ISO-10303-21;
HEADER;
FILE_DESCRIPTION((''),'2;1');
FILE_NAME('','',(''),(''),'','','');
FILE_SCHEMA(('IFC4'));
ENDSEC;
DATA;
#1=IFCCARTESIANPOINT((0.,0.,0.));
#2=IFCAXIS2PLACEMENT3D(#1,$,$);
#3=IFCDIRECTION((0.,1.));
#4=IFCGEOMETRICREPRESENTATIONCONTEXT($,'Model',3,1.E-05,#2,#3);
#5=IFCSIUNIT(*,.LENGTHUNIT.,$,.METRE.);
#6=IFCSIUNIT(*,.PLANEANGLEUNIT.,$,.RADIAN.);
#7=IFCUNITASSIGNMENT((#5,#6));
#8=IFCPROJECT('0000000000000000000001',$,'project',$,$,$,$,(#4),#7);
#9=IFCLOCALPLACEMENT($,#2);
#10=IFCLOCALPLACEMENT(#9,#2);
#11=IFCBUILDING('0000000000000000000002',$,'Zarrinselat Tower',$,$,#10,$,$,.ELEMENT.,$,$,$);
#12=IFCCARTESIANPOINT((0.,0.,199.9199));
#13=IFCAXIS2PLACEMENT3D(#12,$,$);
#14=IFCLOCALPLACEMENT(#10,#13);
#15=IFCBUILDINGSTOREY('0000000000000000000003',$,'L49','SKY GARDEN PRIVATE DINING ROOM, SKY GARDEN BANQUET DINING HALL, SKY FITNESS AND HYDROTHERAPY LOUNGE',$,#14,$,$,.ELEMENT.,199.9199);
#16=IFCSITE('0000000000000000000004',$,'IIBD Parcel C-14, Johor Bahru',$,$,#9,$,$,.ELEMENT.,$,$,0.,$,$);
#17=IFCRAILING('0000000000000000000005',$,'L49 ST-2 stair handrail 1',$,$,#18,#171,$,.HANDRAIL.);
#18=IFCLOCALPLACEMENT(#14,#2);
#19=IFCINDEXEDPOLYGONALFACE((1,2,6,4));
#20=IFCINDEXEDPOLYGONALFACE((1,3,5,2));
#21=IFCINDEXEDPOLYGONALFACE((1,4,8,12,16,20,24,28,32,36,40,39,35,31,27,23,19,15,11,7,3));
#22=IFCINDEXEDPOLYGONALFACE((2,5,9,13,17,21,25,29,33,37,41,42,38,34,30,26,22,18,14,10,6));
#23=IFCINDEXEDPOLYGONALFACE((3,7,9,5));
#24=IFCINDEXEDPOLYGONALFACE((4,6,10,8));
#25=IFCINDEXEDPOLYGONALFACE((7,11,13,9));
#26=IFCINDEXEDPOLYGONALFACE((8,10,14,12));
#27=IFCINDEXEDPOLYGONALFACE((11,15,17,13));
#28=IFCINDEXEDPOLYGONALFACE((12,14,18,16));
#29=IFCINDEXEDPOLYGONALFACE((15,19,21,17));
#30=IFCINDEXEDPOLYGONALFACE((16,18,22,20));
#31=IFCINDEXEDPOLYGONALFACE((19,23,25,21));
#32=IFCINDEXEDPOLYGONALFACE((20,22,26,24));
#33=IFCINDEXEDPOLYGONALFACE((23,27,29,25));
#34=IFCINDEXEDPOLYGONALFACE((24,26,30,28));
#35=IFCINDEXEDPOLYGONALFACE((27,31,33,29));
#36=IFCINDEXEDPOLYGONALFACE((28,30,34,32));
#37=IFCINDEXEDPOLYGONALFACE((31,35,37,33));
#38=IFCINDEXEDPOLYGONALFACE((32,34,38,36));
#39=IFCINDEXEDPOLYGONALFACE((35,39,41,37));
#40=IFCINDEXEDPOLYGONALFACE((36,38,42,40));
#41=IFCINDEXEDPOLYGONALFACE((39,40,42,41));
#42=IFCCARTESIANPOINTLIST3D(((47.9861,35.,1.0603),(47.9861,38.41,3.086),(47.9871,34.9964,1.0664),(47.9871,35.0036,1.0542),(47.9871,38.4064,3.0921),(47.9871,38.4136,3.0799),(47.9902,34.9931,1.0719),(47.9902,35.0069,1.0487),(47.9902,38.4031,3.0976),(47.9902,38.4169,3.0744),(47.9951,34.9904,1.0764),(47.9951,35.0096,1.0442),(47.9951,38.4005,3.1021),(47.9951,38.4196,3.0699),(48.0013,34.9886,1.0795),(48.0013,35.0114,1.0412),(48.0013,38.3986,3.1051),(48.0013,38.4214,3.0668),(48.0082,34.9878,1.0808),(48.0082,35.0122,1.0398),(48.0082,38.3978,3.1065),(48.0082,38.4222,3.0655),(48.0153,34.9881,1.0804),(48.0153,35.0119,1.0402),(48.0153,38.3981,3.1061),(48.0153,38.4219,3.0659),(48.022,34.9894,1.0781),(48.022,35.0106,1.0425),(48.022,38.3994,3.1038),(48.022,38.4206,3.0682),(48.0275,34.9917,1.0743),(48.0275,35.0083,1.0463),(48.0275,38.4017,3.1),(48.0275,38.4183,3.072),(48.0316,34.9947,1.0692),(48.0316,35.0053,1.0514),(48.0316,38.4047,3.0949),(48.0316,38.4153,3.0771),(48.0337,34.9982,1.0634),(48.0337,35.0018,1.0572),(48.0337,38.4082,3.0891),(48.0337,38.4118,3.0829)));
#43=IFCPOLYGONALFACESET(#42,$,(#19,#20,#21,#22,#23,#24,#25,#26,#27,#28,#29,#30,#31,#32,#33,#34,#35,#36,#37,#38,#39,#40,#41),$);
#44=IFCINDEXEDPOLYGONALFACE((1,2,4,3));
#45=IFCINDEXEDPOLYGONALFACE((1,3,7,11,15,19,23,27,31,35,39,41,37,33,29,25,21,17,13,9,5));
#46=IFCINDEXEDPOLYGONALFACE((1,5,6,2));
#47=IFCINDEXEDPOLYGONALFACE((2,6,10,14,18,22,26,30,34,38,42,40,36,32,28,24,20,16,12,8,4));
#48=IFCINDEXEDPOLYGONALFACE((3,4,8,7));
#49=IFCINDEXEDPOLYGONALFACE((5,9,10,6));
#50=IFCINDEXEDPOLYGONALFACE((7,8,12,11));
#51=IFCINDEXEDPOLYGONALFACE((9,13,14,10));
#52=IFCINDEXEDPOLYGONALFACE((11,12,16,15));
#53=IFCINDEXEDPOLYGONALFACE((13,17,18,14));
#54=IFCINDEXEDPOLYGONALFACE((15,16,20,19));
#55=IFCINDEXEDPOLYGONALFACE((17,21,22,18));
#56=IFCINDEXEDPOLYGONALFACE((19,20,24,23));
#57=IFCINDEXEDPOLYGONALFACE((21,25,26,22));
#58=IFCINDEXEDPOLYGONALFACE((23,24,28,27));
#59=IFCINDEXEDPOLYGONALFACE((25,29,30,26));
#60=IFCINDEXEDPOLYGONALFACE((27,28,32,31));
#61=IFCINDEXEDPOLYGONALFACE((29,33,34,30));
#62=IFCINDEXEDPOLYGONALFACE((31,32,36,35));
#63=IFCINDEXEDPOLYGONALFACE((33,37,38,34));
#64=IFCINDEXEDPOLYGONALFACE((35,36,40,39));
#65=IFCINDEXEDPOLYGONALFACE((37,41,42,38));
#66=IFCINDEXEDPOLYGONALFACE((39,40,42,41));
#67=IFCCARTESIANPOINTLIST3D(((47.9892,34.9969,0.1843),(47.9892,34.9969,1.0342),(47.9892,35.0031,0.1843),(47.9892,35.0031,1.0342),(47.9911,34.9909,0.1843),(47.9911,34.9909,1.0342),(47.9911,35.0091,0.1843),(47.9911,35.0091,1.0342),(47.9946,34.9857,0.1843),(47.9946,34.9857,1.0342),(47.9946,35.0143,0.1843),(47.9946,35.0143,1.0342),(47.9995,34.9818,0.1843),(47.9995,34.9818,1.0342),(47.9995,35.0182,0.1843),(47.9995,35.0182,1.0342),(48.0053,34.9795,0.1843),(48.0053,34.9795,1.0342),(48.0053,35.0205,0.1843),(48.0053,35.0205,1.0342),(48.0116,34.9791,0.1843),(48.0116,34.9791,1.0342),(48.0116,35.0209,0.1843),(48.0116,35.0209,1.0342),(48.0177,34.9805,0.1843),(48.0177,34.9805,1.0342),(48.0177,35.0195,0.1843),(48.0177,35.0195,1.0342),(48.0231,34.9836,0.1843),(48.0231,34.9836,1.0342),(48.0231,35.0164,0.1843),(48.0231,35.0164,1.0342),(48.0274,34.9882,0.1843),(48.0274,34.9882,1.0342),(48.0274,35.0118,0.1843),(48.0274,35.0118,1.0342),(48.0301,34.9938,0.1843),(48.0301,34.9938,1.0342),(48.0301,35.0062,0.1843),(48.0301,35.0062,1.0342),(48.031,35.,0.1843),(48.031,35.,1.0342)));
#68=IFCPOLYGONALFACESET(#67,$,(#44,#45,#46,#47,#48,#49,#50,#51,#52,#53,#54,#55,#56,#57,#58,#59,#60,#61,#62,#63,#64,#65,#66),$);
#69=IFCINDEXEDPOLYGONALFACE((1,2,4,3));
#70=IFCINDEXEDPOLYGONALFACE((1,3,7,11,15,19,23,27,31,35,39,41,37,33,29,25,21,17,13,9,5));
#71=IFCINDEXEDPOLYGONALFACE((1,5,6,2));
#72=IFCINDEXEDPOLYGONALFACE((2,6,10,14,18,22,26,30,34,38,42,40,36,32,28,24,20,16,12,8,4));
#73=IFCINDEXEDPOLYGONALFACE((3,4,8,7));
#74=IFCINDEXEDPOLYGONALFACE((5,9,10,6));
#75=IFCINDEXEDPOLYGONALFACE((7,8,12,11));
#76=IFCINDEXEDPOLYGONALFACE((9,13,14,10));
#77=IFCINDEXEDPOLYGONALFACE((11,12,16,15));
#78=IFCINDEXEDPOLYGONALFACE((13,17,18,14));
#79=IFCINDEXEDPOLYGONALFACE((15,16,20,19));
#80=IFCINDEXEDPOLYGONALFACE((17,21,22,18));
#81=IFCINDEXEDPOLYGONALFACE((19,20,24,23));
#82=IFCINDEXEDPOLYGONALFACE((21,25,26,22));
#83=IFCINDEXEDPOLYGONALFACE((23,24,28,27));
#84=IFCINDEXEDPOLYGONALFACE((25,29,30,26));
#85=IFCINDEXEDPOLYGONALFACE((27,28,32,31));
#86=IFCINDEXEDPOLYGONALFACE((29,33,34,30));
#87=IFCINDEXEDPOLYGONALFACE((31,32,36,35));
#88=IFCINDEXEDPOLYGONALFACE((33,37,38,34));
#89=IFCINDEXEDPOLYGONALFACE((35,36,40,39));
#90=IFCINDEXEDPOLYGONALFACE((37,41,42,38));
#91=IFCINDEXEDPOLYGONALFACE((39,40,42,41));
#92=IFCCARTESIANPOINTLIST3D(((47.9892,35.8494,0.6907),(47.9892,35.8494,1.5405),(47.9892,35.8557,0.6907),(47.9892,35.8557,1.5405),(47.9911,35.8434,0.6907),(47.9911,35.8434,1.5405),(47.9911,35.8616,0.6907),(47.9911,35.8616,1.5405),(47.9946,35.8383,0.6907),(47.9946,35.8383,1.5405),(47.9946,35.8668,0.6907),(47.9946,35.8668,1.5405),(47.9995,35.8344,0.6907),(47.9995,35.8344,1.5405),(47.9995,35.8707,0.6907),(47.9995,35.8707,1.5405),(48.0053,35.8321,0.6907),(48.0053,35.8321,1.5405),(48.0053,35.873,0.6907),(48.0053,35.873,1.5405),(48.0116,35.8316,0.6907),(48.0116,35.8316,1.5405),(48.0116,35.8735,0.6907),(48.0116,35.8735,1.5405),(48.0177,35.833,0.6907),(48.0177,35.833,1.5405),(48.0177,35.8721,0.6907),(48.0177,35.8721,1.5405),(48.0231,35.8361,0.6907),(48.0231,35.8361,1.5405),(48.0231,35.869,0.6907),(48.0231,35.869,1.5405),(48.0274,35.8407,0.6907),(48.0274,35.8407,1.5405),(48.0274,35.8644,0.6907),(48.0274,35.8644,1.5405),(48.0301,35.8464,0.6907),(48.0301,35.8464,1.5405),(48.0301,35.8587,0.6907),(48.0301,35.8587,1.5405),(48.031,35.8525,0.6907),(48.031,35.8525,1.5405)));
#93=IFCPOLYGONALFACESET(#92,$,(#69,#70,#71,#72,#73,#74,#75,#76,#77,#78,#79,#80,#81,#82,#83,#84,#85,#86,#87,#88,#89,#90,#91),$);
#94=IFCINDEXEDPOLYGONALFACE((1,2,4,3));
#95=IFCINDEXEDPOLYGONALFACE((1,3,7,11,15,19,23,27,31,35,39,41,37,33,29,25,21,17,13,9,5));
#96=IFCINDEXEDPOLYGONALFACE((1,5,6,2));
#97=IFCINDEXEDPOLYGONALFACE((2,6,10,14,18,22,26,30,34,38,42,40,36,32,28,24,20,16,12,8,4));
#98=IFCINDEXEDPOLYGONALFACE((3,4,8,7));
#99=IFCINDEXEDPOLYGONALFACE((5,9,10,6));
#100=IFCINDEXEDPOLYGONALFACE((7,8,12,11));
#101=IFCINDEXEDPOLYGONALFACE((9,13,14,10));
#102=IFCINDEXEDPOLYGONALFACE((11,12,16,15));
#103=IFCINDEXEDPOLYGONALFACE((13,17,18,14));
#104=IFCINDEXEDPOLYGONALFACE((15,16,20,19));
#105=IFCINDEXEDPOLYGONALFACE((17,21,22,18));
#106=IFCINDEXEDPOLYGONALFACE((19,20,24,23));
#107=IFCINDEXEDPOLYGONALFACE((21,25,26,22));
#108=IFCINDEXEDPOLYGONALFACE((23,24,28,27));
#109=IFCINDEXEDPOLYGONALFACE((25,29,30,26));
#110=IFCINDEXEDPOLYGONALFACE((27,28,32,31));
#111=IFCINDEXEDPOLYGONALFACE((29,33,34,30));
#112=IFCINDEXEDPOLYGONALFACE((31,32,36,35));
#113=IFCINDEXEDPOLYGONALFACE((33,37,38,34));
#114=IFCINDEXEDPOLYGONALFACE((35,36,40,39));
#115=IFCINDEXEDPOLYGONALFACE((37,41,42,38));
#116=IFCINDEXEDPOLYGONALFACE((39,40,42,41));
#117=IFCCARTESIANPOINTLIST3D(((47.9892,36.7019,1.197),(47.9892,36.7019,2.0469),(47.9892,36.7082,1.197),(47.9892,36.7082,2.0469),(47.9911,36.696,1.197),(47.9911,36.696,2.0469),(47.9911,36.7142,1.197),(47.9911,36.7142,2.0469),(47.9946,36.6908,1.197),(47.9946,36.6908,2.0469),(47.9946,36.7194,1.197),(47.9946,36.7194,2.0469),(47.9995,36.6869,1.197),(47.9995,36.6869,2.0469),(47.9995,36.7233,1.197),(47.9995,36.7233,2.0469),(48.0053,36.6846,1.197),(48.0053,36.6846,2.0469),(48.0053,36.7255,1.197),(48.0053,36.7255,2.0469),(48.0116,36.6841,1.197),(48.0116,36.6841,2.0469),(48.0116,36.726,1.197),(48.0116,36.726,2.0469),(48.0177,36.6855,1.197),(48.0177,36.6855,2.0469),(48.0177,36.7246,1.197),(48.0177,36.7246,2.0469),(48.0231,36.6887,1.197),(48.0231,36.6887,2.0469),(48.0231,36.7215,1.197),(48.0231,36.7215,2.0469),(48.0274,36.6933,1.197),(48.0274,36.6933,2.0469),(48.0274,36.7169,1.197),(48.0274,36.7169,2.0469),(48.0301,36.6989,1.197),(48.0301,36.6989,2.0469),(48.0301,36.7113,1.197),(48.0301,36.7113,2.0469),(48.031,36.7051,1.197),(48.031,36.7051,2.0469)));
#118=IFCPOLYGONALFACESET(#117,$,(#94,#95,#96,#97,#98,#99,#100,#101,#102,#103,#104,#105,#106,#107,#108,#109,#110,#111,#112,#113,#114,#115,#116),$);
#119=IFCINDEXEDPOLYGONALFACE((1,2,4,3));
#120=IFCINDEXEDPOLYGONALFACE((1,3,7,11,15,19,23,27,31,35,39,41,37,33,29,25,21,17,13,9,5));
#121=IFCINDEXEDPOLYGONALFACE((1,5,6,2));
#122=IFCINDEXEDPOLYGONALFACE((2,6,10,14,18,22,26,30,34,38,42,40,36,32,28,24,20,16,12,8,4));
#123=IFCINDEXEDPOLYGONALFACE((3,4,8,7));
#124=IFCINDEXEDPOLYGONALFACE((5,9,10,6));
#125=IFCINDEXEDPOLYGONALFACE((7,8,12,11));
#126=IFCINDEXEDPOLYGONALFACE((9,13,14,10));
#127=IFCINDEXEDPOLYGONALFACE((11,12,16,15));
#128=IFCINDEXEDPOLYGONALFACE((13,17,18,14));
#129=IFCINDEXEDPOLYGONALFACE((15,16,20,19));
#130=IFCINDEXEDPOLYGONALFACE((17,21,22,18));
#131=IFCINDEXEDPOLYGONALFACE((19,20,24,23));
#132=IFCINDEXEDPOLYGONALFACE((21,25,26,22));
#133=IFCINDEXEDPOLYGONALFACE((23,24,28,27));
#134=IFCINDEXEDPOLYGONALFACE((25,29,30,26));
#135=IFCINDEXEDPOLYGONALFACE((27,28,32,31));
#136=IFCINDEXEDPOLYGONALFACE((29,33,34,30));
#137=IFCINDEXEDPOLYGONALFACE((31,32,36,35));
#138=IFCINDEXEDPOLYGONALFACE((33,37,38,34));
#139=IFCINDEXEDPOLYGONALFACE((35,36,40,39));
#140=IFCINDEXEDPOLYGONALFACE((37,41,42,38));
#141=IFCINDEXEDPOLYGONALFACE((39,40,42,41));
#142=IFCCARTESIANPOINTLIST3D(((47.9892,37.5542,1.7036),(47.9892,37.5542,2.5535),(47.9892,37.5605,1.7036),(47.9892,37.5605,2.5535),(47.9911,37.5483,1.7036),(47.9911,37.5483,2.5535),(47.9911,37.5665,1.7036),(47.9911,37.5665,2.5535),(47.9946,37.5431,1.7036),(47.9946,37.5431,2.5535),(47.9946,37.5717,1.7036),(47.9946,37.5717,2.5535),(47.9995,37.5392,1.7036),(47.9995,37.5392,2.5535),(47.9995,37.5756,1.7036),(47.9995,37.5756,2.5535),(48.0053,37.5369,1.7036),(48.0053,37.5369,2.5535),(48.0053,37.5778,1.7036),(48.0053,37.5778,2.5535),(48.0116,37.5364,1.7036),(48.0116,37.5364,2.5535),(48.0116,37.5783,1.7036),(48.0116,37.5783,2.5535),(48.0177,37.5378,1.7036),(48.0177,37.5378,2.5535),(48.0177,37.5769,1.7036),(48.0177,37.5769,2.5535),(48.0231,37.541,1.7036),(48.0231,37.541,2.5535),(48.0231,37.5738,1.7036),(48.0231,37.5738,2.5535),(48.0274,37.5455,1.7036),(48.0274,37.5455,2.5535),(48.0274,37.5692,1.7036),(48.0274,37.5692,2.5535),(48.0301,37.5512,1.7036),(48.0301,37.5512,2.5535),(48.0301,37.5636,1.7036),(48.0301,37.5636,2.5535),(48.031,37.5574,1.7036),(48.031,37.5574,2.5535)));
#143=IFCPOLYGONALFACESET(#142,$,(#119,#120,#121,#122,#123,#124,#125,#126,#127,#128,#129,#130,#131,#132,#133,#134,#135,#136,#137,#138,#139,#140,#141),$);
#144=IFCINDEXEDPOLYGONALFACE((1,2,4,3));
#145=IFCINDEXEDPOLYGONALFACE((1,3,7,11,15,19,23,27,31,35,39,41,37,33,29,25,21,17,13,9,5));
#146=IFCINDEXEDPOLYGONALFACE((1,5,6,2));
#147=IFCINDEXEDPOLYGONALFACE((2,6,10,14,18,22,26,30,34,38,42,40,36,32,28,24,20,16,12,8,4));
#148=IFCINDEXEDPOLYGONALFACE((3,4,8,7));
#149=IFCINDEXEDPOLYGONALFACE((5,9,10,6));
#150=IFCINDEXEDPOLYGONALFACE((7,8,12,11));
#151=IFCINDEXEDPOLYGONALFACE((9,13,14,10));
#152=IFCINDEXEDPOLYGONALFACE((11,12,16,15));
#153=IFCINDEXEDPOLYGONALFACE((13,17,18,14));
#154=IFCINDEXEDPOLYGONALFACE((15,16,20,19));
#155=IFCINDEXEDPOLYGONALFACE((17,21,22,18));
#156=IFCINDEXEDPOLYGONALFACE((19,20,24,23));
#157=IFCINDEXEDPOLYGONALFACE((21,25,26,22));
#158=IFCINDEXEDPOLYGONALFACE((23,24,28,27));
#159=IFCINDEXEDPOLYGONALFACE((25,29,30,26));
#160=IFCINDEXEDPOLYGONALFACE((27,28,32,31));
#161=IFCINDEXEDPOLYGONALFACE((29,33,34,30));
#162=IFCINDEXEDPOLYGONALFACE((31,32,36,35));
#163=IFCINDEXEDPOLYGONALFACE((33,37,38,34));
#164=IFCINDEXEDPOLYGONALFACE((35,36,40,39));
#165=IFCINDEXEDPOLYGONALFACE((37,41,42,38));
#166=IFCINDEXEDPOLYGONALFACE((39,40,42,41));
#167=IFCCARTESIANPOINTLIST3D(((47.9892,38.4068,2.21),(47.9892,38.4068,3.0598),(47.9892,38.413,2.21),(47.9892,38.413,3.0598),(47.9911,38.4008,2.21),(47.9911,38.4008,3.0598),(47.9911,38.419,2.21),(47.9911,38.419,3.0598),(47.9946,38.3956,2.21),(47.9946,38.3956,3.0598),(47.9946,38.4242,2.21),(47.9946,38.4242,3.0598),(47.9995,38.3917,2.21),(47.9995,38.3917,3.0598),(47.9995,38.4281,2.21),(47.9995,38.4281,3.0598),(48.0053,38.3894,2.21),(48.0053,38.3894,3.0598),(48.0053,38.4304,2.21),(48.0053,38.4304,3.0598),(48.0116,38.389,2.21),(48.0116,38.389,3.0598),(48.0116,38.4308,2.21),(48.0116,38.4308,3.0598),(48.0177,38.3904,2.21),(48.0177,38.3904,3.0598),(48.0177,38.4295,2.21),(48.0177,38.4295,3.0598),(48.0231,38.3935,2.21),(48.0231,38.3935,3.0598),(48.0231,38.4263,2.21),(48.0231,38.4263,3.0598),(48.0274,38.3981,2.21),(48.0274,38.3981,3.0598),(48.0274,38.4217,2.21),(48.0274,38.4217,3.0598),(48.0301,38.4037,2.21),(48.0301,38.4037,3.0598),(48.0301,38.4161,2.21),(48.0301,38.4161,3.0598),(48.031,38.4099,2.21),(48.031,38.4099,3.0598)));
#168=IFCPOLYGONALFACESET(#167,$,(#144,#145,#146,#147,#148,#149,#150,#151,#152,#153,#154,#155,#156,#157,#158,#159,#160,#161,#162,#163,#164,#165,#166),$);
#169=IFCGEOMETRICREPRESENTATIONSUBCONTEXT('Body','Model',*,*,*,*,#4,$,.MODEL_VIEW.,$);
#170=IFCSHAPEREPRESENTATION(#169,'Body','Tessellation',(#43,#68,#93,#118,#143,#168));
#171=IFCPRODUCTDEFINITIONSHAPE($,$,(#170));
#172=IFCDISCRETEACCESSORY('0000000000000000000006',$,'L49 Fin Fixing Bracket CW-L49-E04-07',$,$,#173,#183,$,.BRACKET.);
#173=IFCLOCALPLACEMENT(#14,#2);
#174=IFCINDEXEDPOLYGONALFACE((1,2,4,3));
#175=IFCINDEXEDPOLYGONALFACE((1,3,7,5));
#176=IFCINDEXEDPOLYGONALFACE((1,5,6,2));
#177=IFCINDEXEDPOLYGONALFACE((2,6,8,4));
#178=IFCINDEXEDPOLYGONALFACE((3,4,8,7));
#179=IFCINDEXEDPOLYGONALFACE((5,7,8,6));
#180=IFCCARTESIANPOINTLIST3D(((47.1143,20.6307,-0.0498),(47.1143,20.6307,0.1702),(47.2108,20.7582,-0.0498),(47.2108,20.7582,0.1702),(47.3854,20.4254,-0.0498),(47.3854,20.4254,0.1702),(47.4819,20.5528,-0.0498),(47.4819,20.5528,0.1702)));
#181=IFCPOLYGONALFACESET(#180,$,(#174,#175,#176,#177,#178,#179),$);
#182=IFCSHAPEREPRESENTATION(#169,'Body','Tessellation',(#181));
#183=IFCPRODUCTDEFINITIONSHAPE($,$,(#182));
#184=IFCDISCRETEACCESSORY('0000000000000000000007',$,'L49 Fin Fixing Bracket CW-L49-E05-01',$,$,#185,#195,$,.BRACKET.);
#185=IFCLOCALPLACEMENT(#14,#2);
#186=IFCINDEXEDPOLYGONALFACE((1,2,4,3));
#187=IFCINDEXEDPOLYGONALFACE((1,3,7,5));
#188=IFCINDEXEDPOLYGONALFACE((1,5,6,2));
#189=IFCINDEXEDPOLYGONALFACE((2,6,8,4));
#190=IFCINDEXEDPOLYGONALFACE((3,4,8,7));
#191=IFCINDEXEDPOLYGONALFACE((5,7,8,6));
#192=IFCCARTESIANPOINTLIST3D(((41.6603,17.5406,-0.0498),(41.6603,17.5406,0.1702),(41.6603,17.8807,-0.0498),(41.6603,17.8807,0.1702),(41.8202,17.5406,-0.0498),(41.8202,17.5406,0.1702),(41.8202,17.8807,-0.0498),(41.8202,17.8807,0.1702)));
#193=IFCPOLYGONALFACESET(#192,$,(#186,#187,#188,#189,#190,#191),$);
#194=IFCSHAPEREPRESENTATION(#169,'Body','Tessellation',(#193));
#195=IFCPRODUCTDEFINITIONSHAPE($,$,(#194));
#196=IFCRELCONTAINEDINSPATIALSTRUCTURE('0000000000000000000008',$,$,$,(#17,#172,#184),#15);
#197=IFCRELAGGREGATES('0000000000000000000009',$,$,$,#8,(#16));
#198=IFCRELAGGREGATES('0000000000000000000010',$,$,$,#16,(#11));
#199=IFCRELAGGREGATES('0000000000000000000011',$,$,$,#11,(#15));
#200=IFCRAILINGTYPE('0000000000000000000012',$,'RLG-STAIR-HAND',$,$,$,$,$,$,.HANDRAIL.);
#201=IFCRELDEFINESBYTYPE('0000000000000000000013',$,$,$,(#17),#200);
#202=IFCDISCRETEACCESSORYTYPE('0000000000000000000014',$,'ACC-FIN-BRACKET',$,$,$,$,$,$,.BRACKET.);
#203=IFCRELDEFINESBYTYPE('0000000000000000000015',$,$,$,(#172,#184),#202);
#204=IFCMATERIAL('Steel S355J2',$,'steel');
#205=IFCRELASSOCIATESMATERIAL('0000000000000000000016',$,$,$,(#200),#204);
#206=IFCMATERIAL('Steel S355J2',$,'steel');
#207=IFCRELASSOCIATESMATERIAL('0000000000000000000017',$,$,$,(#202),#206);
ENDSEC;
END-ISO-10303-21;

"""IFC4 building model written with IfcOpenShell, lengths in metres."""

from ifc_helpers import new_model, si_unit, direction, frame, origin, origin_2d, place, context, subcontext, project, spatial, rectangle, circle, extrude, material, type_object, element, save


model = new_model("IFC4")

# Units and contexts
model_context = context("Model", 3, precision=1e-05, world=origin(), true_north=direction((0.0, 1.0)))
body_context = subcontext(model_context, "Body", "Model", "MODEL_VIEW")
ifc_project = project(units=[si_unit("LENGTHUNIT", "METRE"), si_unit("PLANEANGLEUNIT", "RADIAN")], contexts=[model_context])

# Site, building, storey
site_placement = place(None, origin())
site = spatial("IfcSite", under=ifc_project, at=site_placement, Name="IIBD Parcel C-14, Johor Bahru", CompositionType="ELEMENT", RefElevation=0.0)
building_placement = place(site_placement, origin())
building = spatial("IfcBuilding", under=site, at=building_placement, Name="Zarrinselat Tower", CompositionType="ELEMENT")
storey_placement = place(building_placement, frame((0.0, 0.0, 199.9199)))
storey = spatial("IfcBuildingStorey", under=building, at=storey_placement, Name="L49", Description="SKY GARDEN PRIVATE DINING ROOM, SKY GARDEN BANQUET DINING HALL, SKY FITNESS AND HYDROTHERAPY LOUNGE", CompositionType="ELEMENT", Elevation=199.9199)

# Railing
ifc_material_1 = material(Name="Steel S355J2", Category="steel")
railing_type_1 = type_object("IfcRailingType", Name="RLG-STAIR-HAND", PredefinedType="HANDRAIL", material=ifc_material_1)
railing_1_placement = place(storey_placement, frame((48.01, 35.0, 0.1843)))
element("IfcRailing", 1, at=railing_1_placement, inside=storey, type_object=railing_type_1, Name="L49 ST-2 stair handrail 1", PredefinedType="HANDRAIL", context=body_context, shape_type="SweptSolid", body=[
    extrude(circle(Radius=0.0239, at=origin_2d()), frame((0.0, 0.0, 0.876), z_axis=(0.0, 0.859744, 0.510725), x_axis=(-1.0, 0.0, 0.0)), (0.0, 0.0, 1.0), 3.9663),
    extrude(circle(Radius=0.021, at=origin_2d()), origin(), (0.0, 0.0, 1.0), 0.8499),
    extrude(circle(Radius=0.021, at=origin_2d()), frame((0.0, 0.8525, 0.5063)), (0.0, 0.0, 1.0), 0.8499),
    extrude(circle(Radius=0.021, at=origin_2d()), frame((0.0, 1.7051, 1.0127)), (0.0, 0.0, 1.0), 0.8499),
    extrude(circle(Radius=0.021, at=origin_2d()), frame((0.0, 2.5574, 1.5193)), (0.0, 0.0, 1.0), 0.8499),
    extrude(circle(Radius=0.021, at=origin_2d()), frame((0.0, 3.4099, 2.0256)), (0.0, 0.0, 1.0), 0.8499),
])

# Discrete accessories
ifc_material_2 = material(Name="Steel S355J2", Category="steel")
discrete_accessory_type = type_object("IfcDiscreteAccessoryType", Name="ACC-FIN-BRACKET", PredefinedType="BRACKET", material=ifc_material_2)
for number, where, z_axis, x_axis, name in (
    (2, (47.2981, 20.5918, -0.0498), (0.0, 0.0, 1.0), (0.797092, -0.603858, 0.0), "L49 Fin Fixing Bracket CW-L49-E04-07"),
    (3, (41.7402, 17.7107, -0.0498), (0.0, 0.0, 1.0), (0.0, -1.0, 0.0), "L49 Fin Fixing Bracket CW-L49-E05-01"),
):
    element("IfcDiscreteAccessory", number, at=place(storey_placement, frame(where, z_axis=z_axis, x_axis=x_axis)), inside=storey, type_object=discrete_accessory_type, Name=name, PredefinedType="BRACKET", context=body_context, shape_type="SweptSolid", body=[
        extrude(rectangle(XDim=0.3401, YDim=0.1599, at=origin_2d()), origin(), (0.0, 0.0, 1.0), 0.22),
    ])

save(model, "model.ifc")
